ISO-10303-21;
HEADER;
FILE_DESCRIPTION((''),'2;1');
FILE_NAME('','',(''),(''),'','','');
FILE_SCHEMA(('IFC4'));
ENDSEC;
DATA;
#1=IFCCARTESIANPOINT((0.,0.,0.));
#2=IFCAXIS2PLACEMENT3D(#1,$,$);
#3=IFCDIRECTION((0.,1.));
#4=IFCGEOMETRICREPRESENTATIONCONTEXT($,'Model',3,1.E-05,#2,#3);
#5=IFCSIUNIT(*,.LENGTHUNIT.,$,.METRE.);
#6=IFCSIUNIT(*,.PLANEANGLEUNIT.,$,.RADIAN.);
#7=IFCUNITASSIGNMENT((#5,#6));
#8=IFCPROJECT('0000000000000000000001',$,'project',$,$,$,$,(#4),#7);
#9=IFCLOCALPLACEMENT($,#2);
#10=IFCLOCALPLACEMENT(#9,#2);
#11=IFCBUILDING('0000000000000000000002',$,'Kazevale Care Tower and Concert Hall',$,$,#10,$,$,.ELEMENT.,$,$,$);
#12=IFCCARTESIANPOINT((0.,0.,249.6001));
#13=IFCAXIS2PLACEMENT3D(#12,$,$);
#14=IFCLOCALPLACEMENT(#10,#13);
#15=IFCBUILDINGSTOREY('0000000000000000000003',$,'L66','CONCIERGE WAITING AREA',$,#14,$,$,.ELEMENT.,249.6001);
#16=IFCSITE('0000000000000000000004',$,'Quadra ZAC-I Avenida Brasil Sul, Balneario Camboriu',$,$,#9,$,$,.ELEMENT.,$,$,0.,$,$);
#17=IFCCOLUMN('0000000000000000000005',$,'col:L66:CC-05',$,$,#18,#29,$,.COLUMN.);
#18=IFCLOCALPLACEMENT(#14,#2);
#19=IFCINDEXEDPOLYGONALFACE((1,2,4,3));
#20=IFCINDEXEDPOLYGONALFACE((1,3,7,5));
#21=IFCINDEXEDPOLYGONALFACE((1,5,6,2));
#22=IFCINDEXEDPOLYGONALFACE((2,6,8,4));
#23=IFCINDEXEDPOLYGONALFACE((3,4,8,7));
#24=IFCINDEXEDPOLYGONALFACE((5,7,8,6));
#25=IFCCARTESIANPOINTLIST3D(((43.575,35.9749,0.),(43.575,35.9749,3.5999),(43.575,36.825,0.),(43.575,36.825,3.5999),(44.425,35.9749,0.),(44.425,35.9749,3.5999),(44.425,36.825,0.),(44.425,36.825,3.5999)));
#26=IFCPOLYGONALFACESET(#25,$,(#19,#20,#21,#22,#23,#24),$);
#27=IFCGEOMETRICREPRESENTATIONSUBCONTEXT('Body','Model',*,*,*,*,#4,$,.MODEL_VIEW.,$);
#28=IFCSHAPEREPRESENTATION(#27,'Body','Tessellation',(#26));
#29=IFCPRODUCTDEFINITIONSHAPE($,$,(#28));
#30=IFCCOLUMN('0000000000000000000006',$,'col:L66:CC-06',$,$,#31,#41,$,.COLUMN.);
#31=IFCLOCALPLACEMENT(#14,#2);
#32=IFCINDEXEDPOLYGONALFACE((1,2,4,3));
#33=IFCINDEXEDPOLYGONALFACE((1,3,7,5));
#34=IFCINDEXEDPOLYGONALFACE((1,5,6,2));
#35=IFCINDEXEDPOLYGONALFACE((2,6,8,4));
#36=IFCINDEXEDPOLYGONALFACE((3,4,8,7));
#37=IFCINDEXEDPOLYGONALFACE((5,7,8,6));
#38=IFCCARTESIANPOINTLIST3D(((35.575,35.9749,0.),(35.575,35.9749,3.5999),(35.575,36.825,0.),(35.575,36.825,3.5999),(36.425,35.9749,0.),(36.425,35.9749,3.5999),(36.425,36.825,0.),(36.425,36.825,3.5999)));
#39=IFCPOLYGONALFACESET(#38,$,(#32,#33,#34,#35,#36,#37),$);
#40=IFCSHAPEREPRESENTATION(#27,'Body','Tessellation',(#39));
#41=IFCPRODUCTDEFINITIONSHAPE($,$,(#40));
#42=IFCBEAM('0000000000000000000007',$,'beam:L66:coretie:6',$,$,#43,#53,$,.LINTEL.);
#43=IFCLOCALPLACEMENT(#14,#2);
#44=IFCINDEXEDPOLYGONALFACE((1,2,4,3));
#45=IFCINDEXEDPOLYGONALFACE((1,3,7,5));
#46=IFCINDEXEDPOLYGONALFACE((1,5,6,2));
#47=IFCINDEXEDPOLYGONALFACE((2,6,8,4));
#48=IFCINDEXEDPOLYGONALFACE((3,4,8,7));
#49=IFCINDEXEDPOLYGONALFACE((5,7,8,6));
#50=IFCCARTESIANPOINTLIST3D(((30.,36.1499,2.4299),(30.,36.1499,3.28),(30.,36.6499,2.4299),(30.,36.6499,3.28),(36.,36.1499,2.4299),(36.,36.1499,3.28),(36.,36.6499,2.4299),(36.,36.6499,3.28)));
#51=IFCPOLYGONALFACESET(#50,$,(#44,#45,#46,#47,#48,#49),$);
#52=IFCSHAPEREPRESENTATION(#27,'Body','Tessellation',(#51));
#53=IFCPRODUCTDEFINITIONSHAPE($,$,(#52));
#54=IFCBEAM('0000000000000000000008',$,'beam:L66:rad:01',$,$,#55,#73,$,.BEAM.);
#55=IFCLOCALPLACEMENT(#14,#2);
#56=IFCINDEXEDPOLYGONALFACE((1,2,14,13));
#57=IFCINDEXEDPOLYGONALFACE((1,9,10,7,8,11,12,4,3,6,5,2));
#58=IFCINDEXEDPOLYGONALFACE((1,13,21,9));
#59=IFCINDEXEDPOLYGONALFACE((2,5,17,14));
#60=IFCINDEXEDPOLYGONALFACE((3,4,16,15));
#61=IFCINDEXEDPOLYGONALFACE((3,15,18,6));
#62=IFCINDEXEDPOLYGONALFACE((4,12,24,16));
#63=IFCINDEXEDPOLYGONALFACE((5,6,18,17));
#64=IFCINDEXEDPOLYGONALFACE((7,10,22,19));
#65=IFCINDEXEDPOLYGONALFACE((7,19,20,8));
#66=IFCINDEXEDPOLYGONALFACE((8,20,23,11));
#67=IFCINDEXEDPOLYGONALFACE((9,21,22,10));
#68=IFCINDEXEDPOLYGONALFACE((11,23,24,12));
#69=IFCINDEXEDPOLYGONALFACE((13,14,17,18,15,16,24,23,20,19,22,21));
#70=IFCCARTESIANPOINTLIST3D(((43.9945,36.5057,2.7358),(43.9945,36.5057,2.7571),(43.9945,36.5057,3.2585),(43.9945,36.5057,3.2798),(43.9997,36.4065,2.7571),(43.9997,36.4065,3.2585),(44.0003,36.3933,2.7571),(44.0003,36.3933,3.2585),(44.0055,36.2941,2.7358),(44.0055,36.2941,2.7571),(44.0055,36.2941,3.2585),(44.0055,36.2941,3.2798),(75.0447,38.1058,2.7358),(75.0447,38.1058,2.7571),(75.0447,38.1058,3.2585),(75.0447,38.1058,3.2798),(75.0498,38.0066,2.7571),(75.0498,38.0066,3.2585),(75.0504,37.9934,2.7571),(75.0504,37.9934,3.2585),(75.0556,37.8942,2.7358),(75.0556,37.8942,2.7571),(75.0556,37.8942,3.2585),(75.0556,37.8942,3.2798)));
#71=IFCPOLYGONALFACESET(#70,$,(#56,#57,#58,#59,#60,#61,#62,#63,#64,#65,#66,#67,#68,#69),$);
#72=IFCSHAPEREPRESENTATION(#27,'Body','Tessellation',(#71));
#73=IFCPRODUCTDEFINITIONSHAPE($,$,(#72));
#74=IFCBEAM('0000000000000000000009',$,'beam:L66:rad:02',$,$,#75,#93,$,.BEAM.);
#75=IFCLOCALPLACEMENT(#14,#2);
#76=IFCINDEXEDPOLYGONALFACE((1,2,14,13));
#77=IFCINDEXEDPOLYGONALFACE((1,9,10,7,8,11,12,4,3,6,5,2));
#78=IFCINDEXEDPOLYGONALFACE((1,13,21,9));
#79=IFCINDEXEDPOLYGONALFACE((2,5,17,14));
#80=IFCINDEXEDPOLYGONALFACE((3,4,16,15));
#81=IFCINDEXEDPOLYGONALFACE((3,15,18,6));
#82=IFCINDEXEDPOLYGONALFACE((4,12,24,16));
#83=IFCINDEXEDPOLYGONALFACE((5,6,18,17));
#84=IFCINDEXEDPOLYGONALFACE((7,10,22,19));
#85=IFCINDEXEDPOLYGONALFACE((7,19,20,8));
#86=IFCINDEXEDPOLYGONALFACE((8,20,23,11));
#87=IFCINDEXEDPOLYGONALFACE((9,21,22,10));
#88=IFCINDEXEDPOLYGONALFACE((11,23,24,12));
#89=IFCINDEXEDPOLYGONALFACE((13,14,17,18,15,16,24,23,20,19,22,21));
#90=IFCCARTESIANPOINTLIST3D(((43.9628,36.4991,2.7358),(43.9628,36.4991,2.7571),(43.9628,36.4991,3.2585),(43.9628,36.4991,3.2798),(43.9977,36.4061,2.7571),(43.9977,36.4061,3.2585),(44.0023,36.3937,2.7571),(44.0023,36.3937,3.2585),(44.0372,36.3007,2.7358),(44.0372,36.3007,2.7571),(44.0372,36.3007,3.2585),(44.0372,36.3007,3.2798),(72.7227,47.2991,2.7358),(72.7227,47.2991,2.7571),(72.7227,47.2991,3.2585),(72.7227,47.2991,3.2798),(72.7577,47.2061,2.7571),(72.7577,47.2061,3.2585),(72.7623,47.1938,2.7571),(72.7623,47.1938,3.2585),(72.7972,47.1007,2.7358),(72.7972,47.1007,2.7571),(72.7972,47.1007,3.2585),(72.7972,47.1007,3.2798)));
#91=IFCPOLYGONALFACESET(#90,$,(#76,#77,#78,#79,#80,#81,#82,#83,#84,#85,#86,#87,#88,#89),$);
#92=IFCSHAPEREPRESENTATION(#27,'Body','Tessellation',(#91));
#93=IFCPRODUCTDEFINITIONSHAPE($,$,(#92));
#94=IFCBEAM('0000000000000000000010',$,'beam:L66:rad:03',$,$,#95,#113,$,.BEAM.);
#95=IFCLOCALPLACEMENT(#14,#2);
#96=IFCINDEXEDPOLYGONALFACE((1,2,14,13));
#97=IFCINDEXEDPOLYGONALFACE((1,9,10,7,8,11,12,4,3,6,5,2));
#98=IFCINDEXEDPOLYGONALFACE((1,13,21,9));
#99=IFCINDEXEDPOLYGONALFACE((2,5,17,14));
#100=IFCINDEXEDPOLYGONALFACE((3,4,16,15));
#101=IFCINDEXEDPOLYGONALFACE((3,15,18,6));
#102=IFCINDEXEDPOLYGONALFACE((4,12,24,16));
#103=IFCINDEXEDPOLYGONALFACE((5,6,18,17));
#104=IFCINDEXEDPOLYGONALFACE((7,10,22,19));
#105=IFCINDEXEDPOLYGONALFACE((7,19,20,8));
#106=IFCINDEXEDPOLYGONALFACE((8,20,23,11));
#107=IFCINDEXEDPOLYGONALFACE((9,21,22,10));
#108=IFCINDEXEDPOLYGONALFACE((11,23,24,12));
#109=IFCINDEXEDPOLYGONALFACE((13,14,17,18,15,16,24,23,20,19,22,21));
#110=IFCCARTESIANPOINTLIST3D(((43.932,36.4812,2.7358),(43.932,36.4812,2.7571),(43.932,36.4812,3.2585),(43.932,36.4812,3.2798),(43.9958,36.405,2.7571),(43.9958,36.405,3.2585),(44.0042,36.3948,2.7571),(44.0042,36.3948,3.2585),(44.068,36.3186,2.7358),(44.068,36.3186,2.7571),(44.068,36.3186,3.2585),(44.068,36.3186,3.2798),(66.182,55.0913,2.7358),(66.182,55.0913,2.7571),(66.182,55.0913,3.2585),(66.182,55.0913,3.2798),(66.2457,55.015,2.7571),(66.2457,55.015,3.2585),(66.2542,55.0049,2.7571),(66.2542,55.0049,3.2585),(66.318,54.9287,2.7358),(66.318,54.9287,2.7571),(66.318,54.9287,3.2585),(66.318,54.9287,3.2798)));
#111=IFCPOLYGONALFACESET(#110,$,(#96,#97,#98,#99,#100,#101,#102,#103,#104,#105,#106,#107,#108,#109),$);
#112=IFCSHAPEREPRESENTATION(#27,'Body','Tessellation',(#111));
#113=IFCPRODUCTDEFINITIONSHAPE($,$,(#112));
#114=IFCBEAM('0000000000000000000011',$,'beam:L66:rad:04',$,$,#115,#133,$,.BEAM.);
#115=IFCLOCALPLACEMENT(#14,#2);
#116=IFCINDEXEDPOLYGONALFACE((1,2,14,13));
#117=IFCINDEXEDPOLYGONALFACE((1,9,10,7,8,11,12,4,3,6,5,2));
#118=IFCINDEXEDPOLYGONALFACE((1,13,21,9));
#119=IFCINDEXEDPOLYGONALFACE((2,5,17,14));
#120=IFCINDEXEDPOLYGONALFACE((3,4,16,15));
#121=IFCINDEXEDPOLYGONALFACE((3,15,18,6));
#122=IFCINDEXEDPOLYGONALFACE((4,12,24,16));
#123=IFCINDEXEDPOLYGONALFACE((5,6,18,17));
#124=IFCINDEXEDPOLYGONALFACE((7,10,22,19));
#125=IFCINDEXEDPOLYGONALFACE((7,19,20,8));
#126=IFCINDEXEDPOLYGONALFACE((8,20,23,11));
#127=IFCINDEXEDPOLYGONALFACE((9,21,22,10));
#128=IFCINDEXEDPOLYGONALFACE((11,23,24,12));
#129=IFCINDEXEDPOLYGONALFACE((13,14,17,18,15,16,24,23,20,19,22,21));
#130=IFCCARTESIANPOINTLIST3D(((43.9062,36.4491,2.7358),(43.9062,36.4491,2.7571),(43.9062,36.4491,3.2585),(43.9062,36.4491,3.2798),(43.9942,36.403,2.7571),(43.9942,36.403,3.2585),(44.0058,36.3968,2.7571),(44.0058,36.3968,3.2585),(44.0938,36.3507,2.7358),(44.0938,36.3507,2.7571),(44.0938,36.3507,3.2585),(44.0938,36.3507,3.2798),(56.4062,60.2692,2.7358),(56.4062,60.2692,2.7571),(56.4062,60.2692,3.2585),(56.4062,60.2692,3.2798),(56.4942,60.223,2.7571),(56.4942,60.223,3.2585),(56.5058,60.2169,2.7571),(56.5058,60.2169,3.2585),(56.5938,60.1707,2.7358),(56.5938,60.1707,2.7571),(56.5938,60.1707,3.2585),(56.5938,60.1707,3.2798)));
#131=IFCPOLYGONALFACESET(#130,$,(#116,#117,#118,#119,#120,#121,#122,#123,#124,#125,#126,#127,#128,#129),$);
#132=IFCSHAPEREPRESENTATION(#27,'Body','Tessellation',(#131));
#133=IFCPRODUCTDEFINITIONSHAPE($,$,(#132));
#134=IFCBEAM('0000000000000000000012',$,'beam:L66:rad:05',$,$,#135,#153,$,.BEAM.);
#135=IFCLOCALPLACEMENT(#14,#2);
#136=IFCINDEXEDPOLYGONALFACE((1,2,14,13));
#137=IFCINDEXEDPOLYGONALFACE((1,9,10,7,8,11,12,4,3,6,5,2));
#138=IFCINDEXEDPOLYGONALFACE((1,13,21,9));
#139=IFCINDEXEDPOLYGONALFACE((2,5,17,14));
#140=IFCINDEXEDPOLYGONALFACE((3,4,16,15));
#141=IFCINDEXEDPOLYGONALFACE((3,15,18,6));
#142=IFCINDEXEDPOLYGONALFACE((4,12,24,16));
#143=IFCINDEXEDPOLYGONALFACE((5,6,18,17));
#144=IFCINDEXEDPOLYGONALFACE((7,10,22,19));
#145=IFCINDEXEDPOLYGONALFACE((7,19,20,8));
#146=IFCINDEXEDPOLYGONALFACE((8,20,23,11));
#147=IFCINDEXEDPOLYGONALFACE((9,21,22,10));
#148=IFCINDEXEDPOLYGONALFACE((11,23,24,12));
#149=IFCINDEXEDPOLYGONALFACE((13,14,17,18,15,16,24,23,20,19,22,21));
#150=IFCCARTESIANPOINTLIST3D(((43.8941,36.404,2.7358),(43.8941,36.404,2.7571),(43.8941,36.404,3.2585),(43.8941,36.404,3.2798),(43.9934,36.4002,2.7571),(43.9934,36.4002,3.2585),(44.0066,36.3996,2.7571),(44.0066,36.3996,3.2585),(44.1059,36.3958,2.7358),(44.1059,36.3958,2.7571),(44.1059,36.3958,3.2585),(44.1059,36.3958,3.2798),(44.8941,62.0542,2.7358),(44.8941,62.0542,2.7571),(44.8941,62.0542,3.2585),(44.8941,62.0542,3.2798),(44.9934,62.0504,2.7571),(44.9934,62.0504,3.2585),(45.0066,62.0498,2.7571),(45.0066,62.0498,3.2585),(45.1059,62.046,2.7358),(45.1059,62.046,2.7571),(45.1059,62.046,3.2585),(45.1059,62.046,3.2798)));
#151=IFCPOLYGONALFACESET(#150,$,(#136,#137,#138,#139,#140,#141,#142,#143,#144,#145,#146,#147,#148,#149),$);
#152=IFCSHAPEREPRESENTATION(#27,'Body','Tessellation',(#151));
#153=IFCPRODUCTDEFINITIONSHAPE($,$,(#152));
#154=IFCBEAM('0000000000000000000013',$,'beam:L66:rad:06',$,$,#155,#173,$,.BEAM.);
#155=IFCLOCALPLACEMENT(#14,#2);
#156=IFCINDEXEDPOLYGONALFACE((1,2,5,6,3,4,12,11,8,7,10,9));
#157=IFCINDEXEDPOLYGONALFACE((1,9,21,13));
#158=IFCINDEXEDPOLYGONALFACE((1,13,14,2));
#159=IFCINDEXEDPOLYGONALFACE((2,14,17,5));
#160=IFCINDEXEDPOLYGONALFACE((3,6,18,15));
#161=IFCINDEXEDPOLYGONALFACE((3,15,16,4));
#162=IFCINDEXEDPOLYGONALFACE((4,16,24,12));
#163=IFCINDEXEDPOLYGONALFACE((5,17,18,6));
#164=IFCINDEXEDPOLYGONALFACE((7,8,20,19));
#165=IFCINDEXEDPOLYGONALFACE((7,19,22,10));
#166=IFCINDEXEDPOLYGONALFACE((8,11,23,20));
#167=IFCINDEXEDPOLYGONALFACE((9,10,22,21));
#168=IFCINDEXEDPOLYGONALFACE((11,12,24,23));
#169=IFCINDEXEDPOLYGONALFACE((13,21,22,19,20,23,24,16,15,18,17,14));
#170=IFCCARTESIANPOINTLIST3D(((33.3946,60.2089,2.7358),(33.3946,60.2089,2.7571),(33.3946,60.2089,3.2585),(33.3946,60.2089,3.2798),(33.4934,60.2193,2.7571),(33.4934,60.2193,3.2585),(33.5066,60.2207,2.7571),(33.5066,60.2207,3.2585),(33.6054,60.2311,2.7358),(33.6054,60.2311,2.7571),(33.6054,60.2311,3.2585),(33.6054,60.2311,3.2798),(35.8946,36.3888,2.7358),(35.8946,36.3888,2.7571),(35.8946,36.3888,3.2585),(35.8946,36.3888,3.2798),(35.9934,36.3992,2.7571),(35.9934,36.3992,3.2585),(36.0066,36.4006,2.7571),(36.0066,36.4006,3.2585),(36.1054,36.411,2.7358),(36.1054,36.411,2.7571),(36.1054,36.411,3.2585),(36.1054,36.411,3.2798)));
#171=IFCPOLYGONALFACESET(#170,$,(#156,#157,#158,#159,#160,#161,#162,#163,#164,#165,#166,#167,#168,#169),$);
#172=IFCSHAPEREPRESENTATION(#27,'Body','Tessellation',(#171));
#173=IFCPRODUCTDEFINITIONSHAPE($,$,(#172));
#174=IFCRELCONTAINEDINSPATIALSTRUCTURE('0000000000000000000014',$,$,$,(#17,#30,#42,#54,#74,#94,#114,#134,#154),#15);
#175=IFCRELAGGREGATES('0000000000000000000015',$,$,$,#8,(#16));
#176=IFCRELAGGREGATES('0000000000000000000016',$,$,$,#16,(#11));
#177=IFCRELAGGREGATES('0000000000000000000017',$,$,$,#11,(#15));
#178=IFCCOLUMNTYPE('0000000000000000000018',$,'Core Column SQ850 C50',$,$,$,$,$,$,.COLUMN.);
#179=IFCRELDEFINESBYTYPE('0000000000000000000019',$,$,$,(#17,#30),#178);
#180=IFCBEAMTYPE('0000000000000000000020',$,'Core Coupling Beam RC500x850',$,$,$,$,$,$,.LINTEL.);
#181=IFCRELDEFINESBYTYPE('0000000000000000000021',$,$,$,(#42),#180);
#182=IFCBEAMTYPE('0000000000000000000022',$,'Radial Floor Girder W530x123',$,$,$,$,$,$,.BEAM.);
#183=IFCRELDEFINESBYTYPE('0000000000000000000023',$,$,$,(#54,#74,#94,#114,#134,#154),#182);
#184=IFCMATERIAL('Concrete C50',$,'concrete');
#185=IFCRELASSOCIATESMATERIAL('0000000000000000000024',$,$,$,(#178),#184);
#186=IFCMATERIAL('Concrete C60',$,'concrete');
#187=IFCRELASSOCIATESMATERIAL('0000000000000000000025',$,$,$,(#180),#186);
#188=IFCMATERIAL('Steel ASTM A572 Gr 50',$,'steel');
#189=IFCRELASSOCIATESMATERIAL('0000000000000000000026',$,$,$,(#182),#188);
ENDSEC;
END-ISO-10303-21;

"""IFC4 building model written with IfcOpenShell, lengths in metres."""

from ifc_helpers import new_model, si_unit, direction, frame, origin, origin_2d, place, context, subcontext, project, spatial, rectangle, i_section, extrude, material, material_profile, profile_set, type_object, element, save


model = new_model("IFC4")

# Units and contexts
model_context = context("Model", 3, precision=1e-05, world=origin(), true_north=direction((0.0, 1.0)))
body_context = subcontext(model_context, "Body", "Model", "MODEL_VIEW")
ifc_project = project(units=[si_unit("LENGTHUNIT", "METRE"), si_unit("PLANEANGLEUNIT", "RADIAN")], contexts=[model_context])

# Site, building, storey
site_placement = place(None, origin())
site = spatial("IfcSite", under=ifc_project, at=site_placement, Name="Quadra ZAC-I Avenida Brasil Sul, Balneario Camboriu", CompositionType="ELEMENT", RefElevation=0.0)
building_placement = place(site_placement, origin())
building = spatial("IfcBuilding", under=site, at=building_placement, Name="Kazevale Care Tower and Concert Hall", CompositionType="ELEMENT")
storey_placement = place(building_placement, frame((0.0, 0.0, 249.6001)))
storey = spatial("IfcBuildingStorey", under=building, at=storey_placement, Name="L66", Description="CONCIERGE WAITING AREA", CompositionType="ELEMENT", Elevation=249.6001)

# Columns
ifc_material_1 = material(Name="Concrete C50", Category="concrete")
ifc_material_profile_1 = material_profile(ifc_material_1, rectangle(XDim=0.8501, YDim=0.8501, at=origin_2d()), Name="RC-SQ850")
ifc_profile_set_1 = profile_set([ifc_material_profile_1], Name="Concrete C50")
column_type = type_object("IfcColumnType", Name="Core Column SQ850 C50", PredefinedType="COLUMN", material=ifc_profile_set_1)
for number, where, z_axis, x_axis, name in (
    (1, (44.0, 36.3999, 0.0), (0.0, 0.0, 1.0), (1.0, 0.0, 0.0), "col:L66:CC-05"),
    (2, (36.0, 36.3999, 0.0), (0.0, 0.0, 1.0), (1.0, 0.0, 0.0), "col:L66:CC-06"),
):
    element("IfcColumn", number, at=place(storey_placement, frame(where, z_axis=z_axis, x_axis=x_axis)), inside=storey, type_object=column_type, Name=name, PredefinedType="COLUMN", context=body_context, shape_type="SweptSolid", body=[
        extrude(rectangle(XDim=0.8501, YDim=0.8501, at=origin_2d()), origin(), (0.0, 0.0, 1.0), 3.5999),
    ])

# Beams
ifc_material_2 = material(Name="Concrete C60", Category="concrete")
ifc_material_profile_2 = material_profile(ifc_material_2, rectangle(XDim=0.5, YDim=0.8501, at=origin_2d()), Name="RC-B500x850")
ifc_profile_set_2 = profile_set([ifc_material_profile_2], Name="Concrete C60")
beam_type_1 = type_object("IfcBeamType", Name="Core Coupling Beam RC500x850", PredefinedType="LINTEL", material=ifc_profile_set_2)
beam_1_placement = place(storey_placement, frame((36.0, 36.3999, 2.855), z_axis=(-1.0, 0.0, 0.0), x_axis=(0.0, -1.0, 0.0)))
element("IfcBeam", 3, at=beam_1_placement, inside=storey, type_object=beam_type_1, Name="beam:L66:coretie:6", PredefinedType="LINTEL", context=body_context, shape_type="SweptSolid", body=[
    extrude(rectangle(XDim=0.5, YDim=0.8501, at=origin_2d()), origin(), (0.0, 0.0, 1.0), 6.0),
])
ifc_material_3 = material(Name="Steel ASTM A572 Gr 50", Category="steel")
ifc_material_profile_3 = material_profile(ifc_material_3, i_section(OverallWidth=0.2119, OverallDepth=0.5439, WebThickness=0.0132, FlangeThickness=0.0212, at=origin_2d()), Name="W530x123")
ifc_profile_set_3 = profile_set([ifc_material_profile_3], Name="Steel ASTM A572 Gr 50")
beam_type_2 = type_object("IfcBeamType", Name="Radial Floor Girder W530x123", PredefinedType="BEAM", material=ifc_profile_set_3)
beam_2_placement = place(storey_placement, frame((44.0, 36.3999, 3.0078), z_axis=(0.998675, 0.051465, 0.0), x_axis=(-0.051465, 0.998675, 0.0)))
element("IfcBeam", 4, at=beam_2_placement, inside=storey, type_object=beam_type_2, Name="beam:L66:rad:01", PredefinedType="BEAM", context=body_context, shape_type="SweptSolid", body=[
    extrude(i_section(OverallWidth=0.2119, OverallDepth=0.5439, WebThickness=0.0132, FlangeThickness=0.0212, at=origin_2d()), origin(), (0.0, 0.0, 1.0), 31.0913),
])
beam_3_placement = place(storey_placement, frame((44.0, 36.3999, 3.0078), z_axis=(0.936168, 0.351553, 0.0), x_axis=(-0.351553, 0.936168, 0.0)))
element("IfcBeam", 5, at=beam_3_placement, inside=storey, type_object=beam_type_2, Name="beam:L66:rad:02", PredefinedType="BEAM", context=body_context, shape_type="SweptSolid", body=[
    extrude(i_section(OverallWidth=0.2119, OverallDepth=0.5439, WebThickness=0.0132, FlangeThickness=0.0212, at=origin_2d()), origin(), (0.0, 0.0, 1.0), 30.7209),
])
beam_4_placement = place(storey_placement, frame((44.0, 36.3999, 3.0078), z_axis=(0.76706, 0.641576, 0.0), x_axis=(-0.641576, 0.76706, 0.0)))
element("IfcBeam", 6, at=beam_4_placement, inside=storey, type_object=beam_type_2, Name="beam:L66:rad:03", PredefinedType="BEAM", context=body_context, shape_type="SweptSolid", body=[
    extrude(i_section(OverallWidth=0.2119, OverallDepth=0.5439, WebThickness=0.0132, FlangeThickness=0.0212, at=origin_2d()), origin(), (0.0, 0.0, 1.0), 29.0068),
])
beam_5_placement = place(storey_placement, frame((44.0, 36.3999, 3.0078), z_axis=(0.464673, 0.885483, 0.0), x_axis=(-0.885483, 0.464673, 0.0)))
element("IfcBeam", 7, at=beam_5_placement, inside=storey, type_object=beam_type_2, Name="beam:L66:rad:04", PredefinedType="BEAM", context=body_context, shape_type="SweptSolid", body=[
    extrude(i_section(OverallWidth=0.2119, OverallDepth=0.5439, WebThickness=0.0132, FlangeThickness=0.0212, at=origin_2d()), origin(), (0.0, 0.0, 1.0), 26.9006),
])
beam_6_placement = place(storey_placement, frame((44.0, 36.3999, 3.0078), z_axis=(0.038957, 0.999241, 0.0), x_axis=(-0.999241, 0.038957, 0.0)))
element("IfcBeam", 8, at=beam_6_placement, inside=storey, type_object=beam_type_2, Name="beam:L66:rad:05", PredefinedType="BEAM", context=body_context, shape_type="SweptSolid", body=[
    extrude(i_section(OverallWidth=0.2119, OverallDepth=0.5439, WebThickness=0.0132, FlangeThickness=0.0212, at=origin_2d()), origin(), (0.0, 0.0, 1.0), 25.6697),
])
beam_7_placement = place(storey_placement, frame((36.0, 36.3999, 3.0078), z_axis=(-0.10438, 0.994537, 0.0), x_axis=(-0.994537, -0.10438, 0.0)))
element("IfcBeam", 9, at=beam_7_placement, inside=storey, type_object=beam_type_2, Name="beam:L66:rad:06", PredefinedType="BEAM", context=body_context, shape_type="SweptSolid", body=[
    extrude(i_section(OverallWidth=0.2119, OverallDepth=0.5439, WebThickness=0.0132, FlangeThickness=0.0212, at=origin_2d()), origin(), (0.0, 0.0, 1.0), 23.9509),
])

save(model, "model.ifc")
